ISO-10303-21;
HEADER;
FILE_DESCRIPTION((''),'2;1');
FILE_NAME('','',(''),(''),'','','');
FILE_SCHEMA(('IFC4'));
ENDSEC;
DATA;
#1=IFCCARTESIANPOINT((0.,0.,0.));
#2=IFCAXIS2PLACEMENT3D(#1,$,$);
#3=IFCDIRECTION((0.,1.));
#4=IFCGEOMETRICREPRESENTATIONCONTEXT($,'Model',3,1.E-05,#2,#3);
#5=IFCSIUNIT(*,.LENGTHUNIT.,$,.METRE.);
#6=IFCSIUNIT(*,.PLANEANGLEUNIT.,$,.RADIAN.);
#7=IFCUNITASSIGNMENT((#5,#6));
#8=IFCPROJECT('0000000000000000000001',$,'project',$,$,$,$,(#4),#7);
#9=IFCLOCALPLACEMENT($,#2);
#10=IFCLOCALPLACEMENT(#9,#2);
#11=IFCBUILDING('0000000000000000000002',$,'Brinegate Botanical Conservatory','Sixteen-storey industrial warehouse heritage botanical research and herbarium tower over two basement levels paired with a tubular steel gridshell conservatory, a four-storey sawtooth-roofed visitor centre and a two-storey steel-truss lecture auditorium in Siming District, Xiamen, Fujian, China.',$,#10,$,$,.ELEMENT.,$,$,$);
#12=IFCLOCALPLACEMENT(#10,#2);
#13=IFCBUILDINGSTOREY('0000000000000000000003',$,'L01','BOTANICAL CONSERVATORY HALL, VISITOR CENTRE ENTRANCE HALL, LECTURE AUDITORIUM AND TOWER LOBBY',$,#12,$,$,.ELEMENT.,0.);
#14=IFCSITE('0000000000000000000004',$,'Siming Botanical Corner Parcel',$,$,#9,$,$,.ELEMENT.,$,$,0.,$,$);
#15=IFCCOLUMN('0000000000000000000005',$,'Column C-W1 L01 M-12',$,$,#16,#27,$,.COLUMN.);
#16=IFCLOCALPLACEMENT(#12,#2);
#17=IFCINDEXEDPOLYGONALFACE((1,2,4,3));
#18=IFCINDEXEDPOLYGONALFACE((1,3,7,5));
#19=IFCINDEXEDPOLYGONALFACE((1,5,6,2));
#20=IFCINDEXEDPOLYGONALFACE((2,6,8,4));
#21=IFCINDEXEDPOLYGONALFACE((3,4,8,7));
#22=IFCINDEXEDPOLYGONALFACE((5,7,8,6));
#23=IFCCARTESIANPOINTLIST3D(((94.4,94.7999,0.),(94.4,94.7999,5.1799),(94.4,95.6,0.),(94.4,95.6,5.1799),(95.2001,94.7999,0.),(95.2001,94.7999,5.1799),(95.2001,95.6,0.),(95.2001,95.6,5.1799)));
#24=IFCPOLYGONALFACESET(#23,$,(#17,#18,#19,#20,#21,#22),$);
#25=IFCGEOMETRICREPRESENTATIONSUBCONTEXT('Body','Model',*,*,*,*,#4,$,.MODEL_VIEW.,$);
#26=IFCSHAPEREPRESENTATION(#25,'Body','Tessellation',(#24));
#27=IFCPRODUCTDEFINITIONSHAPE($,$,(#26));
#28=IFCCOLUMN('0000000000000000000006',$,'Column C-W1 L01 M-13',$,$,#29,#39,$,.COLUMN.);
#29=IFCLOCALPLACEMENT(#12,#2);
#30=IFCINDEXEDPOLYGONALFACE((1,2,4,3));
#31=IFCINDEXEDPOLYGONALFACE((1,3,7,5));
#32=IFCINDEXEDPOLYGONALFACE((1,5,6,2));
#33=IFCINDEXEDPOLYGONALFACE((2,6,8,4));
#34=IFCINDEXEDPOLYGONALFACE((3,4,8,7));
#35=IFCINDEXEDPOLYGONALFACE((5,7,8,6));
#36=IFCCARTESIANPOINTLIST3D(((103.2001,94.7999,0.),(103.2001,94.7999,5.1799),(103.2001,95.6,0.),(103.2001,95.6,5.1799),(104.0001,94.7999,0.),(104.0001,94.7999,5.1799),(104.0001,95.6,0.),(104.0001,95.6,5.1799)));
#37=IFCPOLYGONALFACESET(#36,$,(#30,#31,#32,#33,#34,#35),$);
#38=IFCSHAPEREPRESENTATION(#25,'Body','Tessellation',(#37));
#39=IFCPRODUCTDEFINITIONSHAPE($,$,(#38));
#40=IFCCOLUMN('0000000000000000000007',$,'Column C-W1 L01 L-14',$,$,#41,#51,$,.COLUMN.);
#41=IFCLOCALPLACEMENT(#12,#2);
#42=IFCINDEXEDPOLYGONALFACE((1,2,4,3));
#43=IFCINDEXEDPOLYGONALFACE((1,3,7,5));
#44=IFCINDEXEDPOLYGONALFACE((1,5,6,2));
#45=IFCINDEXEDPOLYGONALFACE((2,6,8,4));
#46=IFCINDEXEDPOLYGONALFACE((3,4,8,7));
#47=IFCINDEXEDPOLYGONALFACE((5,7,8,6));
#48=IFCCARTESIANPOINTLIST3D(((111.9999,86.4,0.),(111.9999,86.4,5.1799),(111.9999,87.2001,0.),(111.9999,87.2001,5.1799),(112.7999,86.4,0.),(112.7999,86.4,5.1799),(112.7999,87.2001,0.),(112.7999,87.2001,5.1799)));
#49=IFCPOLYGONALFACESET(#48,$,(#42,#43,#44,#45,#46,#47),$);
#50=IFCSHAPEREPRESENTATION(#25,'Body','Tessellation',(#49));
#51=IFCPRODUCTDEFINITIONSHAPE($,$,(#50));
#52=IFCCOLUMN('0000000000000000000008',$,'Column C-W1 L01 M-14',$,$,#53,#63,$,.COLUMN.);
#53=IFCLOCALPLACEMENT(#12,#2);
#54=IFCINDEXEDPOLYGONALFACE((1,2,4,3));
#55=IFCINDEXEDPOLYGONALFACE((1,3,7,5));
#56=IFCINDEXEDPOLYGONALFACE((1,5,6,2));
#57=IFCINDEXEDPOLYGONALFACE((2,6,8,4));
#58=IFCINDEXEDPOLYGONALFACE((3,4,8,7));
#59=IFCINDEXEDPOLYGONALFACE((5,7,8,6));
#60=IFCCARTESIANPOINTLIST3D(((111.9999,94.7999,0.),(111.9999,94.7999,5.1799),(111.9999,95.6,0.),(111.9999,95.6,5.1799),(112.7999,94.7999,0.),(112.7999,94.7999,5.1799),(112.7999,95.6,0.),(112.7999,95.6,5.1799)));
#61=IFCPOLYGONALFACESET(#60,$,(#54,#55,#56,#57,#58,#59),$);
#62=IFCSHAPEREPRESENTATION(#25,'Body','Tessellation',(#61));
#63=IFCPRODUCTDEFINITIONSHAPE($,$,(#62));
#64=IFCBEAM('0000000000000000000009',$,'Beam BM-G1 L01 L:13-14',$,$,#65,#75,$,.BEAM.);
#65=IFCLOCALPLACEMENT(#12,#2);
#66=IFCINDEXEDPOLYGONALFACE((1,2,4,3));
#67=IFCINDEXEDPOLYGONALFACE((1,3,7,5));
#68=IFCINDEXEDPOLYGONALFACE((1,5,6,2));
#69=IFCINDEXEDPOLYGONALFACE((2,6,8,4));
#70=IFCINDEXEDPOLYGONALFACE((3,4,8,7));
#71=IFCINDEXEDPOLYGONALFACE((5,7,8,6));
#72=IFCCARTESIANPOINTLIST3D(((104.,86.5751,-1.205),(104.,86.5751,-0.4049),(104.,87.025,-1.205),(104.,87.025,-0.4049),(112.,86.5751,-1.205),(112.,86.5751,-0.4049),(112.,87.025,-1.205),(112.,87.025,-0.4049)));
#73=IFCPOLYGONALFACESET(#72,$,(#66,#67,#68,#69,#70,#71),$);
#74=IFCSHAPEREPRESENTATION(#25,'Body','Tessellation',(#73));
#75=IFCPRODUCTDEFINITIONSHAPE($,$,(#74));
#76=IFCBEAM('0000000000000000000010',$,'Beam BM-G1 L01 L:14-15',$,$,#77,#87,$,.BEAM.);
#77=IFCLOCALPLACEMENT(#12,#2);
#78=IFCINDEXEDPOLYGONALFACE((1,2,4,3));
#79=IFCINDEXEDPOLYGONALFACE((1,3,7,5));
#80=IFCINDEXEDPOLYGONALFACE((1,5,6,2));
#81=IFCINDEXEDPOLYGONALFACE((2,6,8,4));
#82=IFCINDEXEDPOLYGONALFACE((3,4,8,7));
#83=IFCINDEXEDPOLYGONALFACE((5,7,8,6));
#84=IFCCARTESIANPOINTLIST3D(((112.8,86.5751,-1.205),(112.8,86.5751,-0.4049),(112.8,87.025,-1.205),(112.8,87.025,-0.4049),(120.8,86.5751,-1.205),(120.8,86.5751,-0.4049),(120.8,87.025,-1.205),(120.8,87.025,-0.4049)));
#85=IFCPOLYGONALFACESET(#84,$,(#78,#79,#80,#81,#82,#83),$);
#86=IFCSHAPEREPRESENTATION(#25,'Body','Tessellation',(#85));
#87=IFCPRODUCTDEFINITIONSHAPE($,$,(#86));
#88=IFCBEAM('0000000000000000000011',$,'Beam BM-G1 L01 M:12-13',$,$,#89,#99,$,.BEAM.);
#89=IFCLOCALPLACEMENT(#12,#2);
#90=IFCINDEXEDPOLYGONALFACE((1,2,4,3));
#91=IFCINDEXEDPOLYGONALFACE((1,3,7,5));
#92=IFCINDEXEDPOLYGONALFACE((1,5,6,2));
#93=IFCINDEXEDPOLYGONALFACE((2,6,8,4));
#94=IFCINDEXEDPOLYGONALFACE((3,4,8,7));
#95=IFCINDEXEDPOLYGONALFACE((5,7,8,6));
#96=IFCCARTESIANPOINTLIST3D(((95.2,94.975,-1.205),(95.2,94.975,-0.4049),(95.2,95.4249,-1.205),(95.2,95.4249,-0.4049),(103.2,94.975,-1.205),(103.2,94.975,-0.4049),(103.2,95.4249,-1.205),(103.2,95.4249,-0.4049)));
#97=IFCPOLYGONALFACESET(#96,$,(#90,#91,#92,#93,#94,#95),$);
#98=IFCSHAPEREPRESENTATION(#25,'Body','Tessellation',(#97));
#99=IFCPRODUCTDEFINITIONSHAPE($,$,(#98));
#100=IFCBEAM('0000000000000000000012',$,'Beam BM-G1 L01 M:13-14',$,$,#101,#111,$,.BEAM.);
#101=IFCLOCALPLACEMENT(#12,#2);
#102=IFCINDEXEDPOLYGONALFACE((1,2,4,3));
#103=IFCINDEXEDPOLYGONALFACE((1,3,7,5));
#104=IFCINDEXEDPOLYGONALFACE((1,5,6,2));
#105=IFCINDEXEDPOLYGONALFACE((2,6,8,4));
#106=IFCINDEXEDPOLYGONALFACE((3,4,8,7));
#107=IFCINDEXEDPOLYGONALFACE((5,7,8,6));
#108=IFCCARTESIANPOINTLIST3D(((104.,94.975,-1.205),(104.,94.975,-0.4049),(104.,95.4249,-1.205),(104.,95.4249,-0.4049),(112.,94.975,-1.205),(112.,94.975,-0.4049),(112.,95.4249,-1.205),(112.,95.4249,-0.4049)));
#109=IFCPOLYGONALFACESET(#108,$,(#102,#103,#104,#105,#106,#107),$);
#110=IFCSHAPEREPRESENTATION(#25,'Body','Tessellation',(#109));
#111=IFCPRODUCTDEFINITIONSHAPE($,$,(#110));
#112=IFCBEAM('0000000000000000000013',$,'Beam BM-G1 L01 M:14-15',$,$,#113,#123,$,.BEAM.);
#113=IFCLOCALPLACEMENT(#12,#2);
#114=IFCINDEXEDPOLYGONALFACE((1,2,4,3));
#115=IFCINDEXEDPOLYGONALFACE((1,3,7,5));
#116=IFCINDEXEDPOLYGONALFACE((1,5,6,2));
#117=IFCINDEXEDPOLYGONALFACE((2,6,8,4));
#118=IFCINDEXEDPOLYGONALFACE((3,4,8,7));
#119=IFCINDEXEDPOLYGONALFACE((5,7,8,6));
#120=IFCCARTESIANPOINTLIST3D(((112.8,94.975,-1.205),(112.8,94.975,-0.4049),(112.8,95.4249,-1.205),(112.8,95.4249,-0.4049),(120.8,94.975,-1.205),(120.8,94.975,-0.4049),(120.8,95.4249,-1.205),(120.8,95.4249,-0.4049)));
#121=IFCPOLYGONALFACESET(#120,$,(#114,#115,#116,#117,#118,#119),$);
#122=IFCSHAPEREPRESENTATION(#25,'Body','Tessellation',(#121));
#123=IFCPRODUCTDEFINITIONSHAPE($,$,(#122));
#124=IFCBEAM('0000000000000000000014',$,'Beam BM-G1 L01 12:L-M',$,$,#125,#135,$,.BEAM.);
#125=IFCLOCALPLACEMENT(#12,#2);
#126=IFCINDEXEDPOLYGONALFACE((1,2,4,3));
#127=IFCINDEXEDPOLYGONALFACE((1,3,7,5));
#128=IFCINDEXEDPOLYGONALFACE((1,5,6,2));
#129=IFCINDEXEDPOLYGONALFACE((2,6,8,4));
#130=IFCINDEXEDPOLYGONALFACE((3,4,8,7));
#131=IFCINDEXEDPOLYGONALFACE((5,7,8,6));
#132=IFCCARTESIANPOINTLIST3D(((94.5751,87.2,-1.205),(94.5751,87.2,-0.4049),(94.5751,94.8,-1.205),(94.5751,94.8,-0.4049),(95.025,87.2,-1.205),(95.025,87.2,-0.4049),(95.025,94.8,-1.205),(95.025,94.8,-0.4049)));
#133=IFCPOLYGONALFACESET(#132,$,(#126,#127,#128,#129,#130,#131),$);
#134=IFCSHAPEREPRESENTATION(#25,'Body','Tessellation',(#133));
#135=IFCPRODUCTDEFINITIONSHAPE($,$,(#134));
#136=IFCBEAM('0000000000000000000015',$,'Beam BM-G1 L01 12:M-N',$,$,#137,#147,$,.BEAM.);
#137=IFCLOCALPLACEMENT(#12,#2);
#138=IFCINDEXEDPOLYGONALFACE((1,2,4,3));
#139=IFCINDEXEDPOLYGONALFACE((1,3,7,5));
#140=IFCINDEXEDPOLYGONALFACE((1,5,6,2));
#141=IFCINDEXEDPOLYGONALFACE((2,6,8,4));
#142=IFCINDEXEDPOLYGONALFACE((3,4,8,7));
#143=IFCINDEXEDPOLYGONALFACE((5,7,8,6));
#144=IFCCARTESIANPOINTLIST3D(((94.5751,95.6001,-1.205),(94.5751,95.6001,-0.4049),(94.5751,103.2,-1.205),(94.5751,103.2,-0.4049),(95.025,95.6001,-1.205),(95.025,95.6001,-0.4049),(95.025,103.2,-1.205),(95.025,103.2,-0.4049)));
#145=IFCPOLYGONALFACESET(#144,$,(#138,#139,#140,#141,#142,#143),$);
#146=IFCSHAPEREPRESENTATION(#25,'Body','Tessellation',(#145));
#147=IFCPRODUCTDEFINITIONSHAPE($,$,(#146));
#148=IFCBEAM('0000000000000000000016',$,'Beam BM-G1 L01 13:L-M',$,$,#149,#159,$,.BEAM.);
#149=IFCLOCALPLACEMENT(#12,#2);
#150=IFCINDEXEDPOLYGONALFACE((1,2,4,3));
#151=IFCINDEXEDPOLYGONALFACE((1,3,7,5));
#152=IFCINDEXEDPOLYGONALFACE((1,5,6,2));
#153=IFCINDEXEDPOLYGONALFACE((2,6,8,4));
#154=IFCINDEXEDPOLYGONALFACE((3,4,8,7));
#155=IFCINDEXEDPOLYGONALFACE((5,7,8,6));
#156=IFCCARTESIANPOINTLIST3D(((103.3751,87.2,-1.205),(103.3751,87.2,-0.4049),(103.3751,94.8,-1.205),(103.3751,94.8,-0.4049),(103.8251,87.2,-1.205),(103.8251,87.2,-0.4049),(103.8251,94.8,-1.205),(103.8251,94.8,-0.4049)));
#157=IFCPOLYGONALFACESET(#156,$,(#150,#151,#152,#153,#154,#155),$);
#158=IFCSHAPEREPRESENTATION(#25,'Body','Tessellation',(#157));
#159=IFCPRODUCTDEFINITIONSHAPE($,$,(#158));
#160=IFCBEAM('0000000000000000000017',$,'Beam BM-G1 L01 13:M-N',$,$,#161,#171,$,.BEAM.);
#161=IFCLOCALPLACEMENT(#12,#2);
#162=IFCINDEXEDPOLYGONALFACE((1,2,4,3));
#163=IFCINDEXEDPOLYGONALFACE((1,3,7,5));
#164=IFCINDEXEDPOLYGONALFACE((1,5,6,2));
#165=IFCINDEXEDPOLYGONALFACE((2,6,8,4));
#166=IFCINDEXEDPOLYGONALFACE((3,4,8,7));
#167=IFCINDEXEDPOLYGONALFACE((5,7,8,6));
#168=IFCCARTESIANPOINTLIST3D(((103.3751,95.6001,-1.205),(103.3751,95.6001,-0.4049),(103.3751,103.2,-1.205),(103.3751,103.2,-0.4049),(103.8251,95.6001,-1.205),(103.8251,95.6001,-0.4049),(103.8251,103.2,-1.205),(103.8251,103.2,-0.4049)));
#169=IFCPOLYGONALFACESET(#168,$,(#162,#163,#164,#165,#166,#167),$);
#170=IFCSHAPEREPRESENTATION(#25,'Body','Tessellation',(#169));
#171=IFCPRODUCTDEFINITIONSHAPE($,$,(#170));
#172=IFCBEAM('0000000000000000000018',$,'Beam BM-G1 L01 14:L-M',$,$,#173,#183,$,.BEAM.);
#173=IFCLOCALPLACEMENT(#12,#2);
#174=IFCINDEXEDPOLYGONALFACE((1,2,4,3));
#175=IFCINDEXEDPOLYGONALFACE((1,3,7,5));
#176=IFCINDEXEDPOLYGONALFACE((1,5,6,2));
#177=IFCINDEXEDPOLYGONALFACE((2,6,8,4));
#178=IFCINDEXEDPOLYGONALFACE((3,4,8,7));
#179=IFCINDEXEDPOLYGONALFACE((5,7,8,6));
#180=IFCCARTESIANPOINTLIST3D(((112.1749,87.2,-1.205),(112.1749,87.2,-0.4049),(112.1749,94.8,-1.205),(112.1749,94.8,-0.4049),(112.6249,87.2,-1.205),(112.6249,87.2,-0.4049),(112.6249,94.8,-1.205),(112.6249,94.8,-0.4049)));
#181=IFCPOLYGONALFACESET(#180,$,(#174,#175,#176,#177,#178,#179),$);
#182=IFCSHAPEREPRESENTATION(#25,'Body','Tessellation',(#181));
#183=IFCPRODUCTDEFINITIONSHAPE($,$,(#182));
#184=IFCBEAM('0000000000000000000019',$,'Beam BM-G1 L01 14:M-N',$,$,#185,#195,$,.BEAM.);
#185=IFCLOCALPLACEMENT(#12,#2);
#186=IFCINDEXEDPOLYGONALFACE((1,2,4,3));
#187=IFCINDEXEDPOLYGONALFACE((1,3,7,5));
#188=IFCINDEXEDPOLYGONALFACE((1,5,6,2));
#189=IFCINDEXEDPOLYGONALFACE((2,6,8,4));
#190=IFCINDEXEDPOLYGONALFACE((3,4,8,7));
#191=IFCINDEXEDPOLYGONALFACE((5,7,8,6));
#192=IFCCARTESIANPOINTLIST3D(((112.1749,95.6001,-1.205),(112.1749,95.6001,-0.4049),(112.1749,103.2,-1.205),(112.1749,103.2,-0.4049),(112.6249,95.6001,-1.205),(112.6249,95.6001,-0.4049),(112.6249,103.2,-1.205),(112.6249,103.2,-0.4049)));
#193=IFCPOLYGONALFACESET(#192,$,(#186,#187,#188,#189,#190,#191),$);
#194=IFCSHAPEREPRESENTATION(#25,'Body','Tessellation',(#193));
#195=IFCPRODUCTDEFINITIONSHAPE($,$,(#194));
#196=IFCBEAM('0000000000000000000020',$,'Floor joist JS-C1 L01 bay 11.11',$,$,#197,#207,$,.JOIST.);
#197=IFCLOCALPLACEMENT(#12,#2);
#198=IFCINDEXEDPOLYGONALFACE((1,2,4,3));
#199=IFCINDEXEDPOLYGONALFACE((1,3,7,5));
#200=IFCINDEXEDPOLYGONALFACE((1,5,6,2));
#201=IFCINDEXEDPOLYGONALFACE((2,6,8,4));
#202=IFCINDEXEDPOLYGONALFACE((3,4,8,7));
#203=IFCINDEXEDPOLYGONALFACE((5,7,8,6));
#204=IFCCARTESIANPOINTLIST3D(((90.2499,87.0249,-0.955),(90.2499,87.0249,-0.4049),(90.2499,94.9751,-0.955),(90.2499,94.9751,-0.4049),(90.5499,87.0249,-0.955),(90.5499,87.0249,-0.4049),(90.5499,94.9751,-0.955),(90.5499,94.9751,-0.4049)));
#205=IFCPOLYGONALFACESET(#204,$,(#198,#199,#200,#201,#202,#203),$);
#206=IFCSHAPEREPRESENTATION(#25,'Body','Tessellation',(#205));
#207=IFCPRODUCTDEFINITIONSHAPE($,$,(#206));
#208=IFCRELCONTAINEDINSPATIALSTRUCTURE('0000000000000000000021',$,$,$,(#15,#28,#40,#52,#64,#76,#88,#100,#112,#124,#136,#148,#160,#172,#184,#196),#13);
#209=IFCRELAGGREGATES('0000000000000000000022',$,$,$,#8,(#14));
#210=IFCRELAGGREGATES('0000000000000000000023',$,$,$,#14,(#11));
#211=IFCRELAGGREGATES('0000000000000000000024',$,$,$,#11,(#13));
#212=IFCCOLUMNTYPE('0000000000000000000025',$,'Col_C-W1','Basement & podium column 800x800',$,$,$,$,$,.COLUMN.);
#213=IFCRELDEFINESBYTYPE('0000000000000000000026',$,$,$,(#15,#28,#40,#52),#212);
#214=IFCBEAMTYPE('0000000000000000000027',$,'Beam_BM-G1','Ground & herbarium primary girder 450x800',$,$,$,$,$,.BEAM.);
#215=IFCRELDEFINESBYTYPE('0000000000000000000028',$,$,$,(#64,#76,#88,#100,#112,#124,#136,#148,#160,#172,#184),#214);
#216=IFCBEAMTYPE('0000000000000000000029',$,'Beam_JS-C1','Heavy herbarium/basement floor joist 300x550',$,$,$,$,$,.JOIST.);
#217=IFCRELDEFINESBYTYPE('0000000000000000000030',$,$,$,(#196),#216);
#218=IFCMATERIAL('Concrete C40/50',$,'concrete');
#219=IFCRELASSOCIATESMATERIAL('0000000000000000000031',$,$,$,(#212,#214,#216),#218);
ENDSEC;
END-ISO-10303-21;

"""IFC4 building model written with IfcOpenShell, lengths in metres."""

from ifc_helpers import new_model, si_unit, direction, frame, origin, origin_2d, place, context, subcontext, project, spatial, rectangle, extrude, material, material_profile, profile_set, type_object, element, save


model = new_model("IFC4")

# Units and contexts
model_context = context("Model", 3, precision=1e-05, world=origin(), true_north=direction((0.0, 1.0)))
body_context = subcontext(model_context, "Body", "Model", "MODEL_VIEW")
ifc_project = project(units=[si_unit("LENGTHUNIT", "METRE"), si_unit("PLANEANGLEUNIT", "RADIAN")], contexts=[model_context])

# Site, building, storey
site_placement = place(None, origin())
site = spatial("IfcSite", under=ifc_project, at=site_placement, Name="Siming Botanical Corner Parcel", CompositionType="ELEMENT", RefElevation=0.0)
building_placement = place(site_placement, origin())
building = spatial("IfcBuilding", under=site, at=building_placement, Name="Brinegate Botanical Conservatory", Description="Sixteen-storey industrial warehouse heritage botanical research and herbarium tower over two basement levels paired with a tubular steel gridshell conservatory, a four-storey sawtooth-roofed visitor centre and a two-storey steel-truss lecture auditorium in Siming District, Xiamen, Fujian, China.", CompositionType="ELEMENT")
storey_placement = place(building_placement, origin())
storey = spatial("IfcBuildingStorey", under=building, at=storey_placement, Name="L01", Description="BOTANICAL CONSERVATORY HALL, VISITOR CENTRE ENTRANCE HALL, LECTURE AUDITORIUM AND TOWER LOBBY", CompositionType="ELEMENT", Elevation=0.0)

# Columns
ifc_material_1 = material(Name="Concrete C40/50", Category="concrete")
ifc_material_profile_1 = material_profile(ifc_material_1, rectangle(XDim=0.8, YDim=0.8, at=origin_2d()), Name="RC COL 800x800")
ifc_profile_set_1 = profile_set([ifc_material_profile_1], Name="Concrete C40/50")
column_type = type_object("IfcColumnType", Name="Col_C-W1", Description="Basement & podium column 800x800", PredefinedType="COLUMN", material=ifc_profile_set_1)
for number, where, z_axis, x_axis, name in (
    (1, (94.8, 95.2, 0.0), (0.0, 0.0, 1.0), (1.0, 0.0, 0.0), "Column C-W1 L01 M-12"),
    (2, (103.6001, 95.2, 0.0), (0.0, 0.0, 1.0), (1.0, 0.0, 0.0), "Column C-W1 L01 M-13"),
    (3, (112.3999, 86.8, 0.0), (0.0, 0.0, 1.0), (1.0, 0.0, 0.0), "Column C-W1 L01 L-14"),
    (4, (112.3999, 95.2, 0.0), (0.0, 0.0, 1.0), (1.0, 0.0, 0.0), "Column C-W1 L01 M-14"),
):
    element("IfcColumn", number, at=place(storey_placement, frame(where, z_axis=z_axis, x_axis=x_axis)), inside=storey, type_object=column_type, Name=name, PredefinedType="COLUMN", context=body_context, shape_type="SweptSolid", body=[
        extrude(rectangle(XDim=0.8, YDim=0.8, at=origin_2d()), origin(), (0.0, 0.0, 1.0), 5.1799),
    ])

# Beams
ifc_material_profile_2 = material_profile(ifc_material_1, rectangle(XDim=0.45, YDim=0.8, at=origin_2d()), Name="RC BM 450x800")
ifc_profile_set_2 = profile_set([ifc_material_profile_2], Name="Concrete C40/50")
beam_type_1 = type_object("IfcBeamType", Name="Beam_BM-G1", Description="Ground & herbarium primary girder 450x800", PredefinedType="BEAM", material=ifc_profile_set_2)
for number, where, z_axis, x_axis, name in (
    (5, (104.0, 86.8, -0.8049), (1.0, 0.0, 0.0), (0.0, 1.0, 0.0), "Beam BM-G1 L01 L:13-14"),
    (6, (112.8, 86.8, -0.8049), (1.0, 0.0, 0.0), (0.0, 1.0, 0.0), "Beam BM-G1 L01 L:14-15"),
    (7, (95.2, 95.2, -0.8049), (1.0, 0.0, 0.0), (0.0, 1.0, 0.0), "Beam BM-G1 L01 M:12-13"),
    (8, (104.0, 95.2, -0.8049), (1.0, 0.0, 0.0), (0.0, 1.0, 0.0), "Beam BM-G1 L01 M:13-14"),
    (9, (112.8, 95.2, -0.8049), (1.0, 0.0, 0.0), (0.0, 1.0, 0.0), "Beam BM-G1 L01 M:14-15"),
):
    element("IfcBeam", number, at=place(storey_placement, frame(where, z_axis=z_axis, x_axis=x_axis)), inside=storey, type_object=beam_type_1, Name=name, PredefinedType="BEAM", context=body_context, shape_type="SweptSolid", body=[
        extrude(rectangle(XDim=0.45, YDim=0.8, at=origin_2d()), origin(), (0.0, 0.0, 1.0), 8.0),
    ])
beam_1_placement = place(storey_placement, frame((94.8, 87.2, -0.8049), z_axis=(0.0, 1.0, 0.0), x_axis=(-1.0, 0.0, 0.0)))
element("IfcBeam", 10, at=beam_1_placement, inside=storey, type_object=beam_type_1, Name="Beam BM-G1 L01 12:L-M", PredefinedType="BEAM", context=body_context, shape_type="SweptSolid", body=[
    extrude(rectangle(XDim=0.45, YDim=0.8, at=origin_2d()), origin(), (0.0, 0.0, 1.0), 7.6001),
])
beam_2_placement = place(storey_placement, frame((94.8, 95.6001, -0.8049), z_axis=(0.0, 1.0, 0.0), x_axis=(-1.0, 0.0, 0.0)))
element("IfcBeam", 11, at=beam_2_placement, inside=storey, type_object=beam_type_1, Name="Beam BM-G1 L01 12:M-N", PredefinedType="BEAM", context=body_context, shape_type="SweptSolid", body=[
    extrude(rectangle(XDim=0.45, YDim=0.8, at=origin_2d()), origin(), (0.0, 0.0, 1.0), 7.5999),
])
beam_3_placement = place(storey_placement, frame((103.6001, 87.2, -0.8049), z_axis=(0.0, 1.0, 0.0), x_axis=(-1.0, 0.0, 0.0)))
element("IfcBeam", 12, at=beam_3_placement, inside=storey, type_object=beam_type_1, Name="Beam BM-G1 L01 13:L-M", PredefinedType="BEAM", context=body_context, shape_type="SweptSolid", body=[
    extrude(rectangle(XDim=0.45, YDim=0.8, at=origin_2d()), origin(), (0.0, 0.0, 1.0), 7.6001),
])
beam_4_placement = place(storey_placement, frame((103.6001, 95.6001, -0.8049), z_axis=(0.0, 1.0, 0.0), x_axis=(-1.0, 0.0, 0.0)))
element("IfcBeam", 13, at=beam_4_placement, inside=storey, type_object=beam_type_1, Name="Beam BM-G1 L01 13:M-N", PredefinedType="BEAM", context=body_context, shape_type="SweptSolid", body=[
    extrude(rectangle(XDim=0.45, YDim=0.8, at=origin_2d()), origin(), (0.0, 0.0, 1.0), 7.5999),
])
beam_5_placement = place(storey_placement, frame((112.3999, 87.2, -0.8049), z_axis=(0.0, 1.0, 0.0), x_axis=(-1.0, 0.0, 0.0)))
element("IfcBeam", 14, at=beam_5_placement, inside=storey, type_object=beam_type_1, Name="Beam BM-G1 L01 14:L-M", PredefinedType="BEAM", context=body_context, shape_type="SweptSolid", body=[
    extrude(rectangle(XDim=0.45, YDim=0.8, at=origin_2d()), origin(), (0.0, 0.0, 1.0), 7.6001),
])
beam_6_placement = place(storey_placement, frame((112.3999, 95.6001, -0.8049), z_axis=(0.0, 1.0, 0.0), x_axis=(-1.0, 0.0, 0.0)))
element("IfcBeam", 15, at=beam_6_placement, inside=storey, type_object=beam_type_1, Name="Beam BM-G1 L01 14:M-N", PredefinedType="BEAM", context=body_context, shape_type="SweptSolid", body=[
    extrude(rectangle(XDim=0.45, YDim=0.8, at=origin_2d()), origin(), (0.0, 0.0, 1.0), 7.5999),
])
ifc_material_profile_3 = material_profile(ifc_material_1, rectangle(XDim=0.3, YDim=0.55, at=origin_2d()), Name="RC JST 300x550")
ifc_profile_set_3 = profile_set([ifc_material_profile_3], Name="Concrete C40/50")
beam_type_2 = type_object("IfcBeamType", Name="Beam_JS-C1", Description="Heavy herbarium/basement floor joist 300x550", PredefinedType="JOIST", material=ifc_profile_set_3)
beam_7_placement = place(storey_placement, frame((90.3999, 87.0249, -0.6799), z_axis=(0.0, 1.0, 0.0), x_axis=(-1.0, 0.0, 0.0)))
element("IfcBeam", 16, at=beam_7_placement, inside=storey, type_object=beam_type_2, Name="Floor joist JS-C1 L01 bay 11.11", PredefinedType="JOIST", context=body_context, shape_type="SweptSolid", body=[
    extrude(rectangle(XDim=0.3, YDim=0.55, at=origin_2d()), origin(), (0.0, 0.0, 1.0), 7.9502),
])

save(model, "model.ifc")
